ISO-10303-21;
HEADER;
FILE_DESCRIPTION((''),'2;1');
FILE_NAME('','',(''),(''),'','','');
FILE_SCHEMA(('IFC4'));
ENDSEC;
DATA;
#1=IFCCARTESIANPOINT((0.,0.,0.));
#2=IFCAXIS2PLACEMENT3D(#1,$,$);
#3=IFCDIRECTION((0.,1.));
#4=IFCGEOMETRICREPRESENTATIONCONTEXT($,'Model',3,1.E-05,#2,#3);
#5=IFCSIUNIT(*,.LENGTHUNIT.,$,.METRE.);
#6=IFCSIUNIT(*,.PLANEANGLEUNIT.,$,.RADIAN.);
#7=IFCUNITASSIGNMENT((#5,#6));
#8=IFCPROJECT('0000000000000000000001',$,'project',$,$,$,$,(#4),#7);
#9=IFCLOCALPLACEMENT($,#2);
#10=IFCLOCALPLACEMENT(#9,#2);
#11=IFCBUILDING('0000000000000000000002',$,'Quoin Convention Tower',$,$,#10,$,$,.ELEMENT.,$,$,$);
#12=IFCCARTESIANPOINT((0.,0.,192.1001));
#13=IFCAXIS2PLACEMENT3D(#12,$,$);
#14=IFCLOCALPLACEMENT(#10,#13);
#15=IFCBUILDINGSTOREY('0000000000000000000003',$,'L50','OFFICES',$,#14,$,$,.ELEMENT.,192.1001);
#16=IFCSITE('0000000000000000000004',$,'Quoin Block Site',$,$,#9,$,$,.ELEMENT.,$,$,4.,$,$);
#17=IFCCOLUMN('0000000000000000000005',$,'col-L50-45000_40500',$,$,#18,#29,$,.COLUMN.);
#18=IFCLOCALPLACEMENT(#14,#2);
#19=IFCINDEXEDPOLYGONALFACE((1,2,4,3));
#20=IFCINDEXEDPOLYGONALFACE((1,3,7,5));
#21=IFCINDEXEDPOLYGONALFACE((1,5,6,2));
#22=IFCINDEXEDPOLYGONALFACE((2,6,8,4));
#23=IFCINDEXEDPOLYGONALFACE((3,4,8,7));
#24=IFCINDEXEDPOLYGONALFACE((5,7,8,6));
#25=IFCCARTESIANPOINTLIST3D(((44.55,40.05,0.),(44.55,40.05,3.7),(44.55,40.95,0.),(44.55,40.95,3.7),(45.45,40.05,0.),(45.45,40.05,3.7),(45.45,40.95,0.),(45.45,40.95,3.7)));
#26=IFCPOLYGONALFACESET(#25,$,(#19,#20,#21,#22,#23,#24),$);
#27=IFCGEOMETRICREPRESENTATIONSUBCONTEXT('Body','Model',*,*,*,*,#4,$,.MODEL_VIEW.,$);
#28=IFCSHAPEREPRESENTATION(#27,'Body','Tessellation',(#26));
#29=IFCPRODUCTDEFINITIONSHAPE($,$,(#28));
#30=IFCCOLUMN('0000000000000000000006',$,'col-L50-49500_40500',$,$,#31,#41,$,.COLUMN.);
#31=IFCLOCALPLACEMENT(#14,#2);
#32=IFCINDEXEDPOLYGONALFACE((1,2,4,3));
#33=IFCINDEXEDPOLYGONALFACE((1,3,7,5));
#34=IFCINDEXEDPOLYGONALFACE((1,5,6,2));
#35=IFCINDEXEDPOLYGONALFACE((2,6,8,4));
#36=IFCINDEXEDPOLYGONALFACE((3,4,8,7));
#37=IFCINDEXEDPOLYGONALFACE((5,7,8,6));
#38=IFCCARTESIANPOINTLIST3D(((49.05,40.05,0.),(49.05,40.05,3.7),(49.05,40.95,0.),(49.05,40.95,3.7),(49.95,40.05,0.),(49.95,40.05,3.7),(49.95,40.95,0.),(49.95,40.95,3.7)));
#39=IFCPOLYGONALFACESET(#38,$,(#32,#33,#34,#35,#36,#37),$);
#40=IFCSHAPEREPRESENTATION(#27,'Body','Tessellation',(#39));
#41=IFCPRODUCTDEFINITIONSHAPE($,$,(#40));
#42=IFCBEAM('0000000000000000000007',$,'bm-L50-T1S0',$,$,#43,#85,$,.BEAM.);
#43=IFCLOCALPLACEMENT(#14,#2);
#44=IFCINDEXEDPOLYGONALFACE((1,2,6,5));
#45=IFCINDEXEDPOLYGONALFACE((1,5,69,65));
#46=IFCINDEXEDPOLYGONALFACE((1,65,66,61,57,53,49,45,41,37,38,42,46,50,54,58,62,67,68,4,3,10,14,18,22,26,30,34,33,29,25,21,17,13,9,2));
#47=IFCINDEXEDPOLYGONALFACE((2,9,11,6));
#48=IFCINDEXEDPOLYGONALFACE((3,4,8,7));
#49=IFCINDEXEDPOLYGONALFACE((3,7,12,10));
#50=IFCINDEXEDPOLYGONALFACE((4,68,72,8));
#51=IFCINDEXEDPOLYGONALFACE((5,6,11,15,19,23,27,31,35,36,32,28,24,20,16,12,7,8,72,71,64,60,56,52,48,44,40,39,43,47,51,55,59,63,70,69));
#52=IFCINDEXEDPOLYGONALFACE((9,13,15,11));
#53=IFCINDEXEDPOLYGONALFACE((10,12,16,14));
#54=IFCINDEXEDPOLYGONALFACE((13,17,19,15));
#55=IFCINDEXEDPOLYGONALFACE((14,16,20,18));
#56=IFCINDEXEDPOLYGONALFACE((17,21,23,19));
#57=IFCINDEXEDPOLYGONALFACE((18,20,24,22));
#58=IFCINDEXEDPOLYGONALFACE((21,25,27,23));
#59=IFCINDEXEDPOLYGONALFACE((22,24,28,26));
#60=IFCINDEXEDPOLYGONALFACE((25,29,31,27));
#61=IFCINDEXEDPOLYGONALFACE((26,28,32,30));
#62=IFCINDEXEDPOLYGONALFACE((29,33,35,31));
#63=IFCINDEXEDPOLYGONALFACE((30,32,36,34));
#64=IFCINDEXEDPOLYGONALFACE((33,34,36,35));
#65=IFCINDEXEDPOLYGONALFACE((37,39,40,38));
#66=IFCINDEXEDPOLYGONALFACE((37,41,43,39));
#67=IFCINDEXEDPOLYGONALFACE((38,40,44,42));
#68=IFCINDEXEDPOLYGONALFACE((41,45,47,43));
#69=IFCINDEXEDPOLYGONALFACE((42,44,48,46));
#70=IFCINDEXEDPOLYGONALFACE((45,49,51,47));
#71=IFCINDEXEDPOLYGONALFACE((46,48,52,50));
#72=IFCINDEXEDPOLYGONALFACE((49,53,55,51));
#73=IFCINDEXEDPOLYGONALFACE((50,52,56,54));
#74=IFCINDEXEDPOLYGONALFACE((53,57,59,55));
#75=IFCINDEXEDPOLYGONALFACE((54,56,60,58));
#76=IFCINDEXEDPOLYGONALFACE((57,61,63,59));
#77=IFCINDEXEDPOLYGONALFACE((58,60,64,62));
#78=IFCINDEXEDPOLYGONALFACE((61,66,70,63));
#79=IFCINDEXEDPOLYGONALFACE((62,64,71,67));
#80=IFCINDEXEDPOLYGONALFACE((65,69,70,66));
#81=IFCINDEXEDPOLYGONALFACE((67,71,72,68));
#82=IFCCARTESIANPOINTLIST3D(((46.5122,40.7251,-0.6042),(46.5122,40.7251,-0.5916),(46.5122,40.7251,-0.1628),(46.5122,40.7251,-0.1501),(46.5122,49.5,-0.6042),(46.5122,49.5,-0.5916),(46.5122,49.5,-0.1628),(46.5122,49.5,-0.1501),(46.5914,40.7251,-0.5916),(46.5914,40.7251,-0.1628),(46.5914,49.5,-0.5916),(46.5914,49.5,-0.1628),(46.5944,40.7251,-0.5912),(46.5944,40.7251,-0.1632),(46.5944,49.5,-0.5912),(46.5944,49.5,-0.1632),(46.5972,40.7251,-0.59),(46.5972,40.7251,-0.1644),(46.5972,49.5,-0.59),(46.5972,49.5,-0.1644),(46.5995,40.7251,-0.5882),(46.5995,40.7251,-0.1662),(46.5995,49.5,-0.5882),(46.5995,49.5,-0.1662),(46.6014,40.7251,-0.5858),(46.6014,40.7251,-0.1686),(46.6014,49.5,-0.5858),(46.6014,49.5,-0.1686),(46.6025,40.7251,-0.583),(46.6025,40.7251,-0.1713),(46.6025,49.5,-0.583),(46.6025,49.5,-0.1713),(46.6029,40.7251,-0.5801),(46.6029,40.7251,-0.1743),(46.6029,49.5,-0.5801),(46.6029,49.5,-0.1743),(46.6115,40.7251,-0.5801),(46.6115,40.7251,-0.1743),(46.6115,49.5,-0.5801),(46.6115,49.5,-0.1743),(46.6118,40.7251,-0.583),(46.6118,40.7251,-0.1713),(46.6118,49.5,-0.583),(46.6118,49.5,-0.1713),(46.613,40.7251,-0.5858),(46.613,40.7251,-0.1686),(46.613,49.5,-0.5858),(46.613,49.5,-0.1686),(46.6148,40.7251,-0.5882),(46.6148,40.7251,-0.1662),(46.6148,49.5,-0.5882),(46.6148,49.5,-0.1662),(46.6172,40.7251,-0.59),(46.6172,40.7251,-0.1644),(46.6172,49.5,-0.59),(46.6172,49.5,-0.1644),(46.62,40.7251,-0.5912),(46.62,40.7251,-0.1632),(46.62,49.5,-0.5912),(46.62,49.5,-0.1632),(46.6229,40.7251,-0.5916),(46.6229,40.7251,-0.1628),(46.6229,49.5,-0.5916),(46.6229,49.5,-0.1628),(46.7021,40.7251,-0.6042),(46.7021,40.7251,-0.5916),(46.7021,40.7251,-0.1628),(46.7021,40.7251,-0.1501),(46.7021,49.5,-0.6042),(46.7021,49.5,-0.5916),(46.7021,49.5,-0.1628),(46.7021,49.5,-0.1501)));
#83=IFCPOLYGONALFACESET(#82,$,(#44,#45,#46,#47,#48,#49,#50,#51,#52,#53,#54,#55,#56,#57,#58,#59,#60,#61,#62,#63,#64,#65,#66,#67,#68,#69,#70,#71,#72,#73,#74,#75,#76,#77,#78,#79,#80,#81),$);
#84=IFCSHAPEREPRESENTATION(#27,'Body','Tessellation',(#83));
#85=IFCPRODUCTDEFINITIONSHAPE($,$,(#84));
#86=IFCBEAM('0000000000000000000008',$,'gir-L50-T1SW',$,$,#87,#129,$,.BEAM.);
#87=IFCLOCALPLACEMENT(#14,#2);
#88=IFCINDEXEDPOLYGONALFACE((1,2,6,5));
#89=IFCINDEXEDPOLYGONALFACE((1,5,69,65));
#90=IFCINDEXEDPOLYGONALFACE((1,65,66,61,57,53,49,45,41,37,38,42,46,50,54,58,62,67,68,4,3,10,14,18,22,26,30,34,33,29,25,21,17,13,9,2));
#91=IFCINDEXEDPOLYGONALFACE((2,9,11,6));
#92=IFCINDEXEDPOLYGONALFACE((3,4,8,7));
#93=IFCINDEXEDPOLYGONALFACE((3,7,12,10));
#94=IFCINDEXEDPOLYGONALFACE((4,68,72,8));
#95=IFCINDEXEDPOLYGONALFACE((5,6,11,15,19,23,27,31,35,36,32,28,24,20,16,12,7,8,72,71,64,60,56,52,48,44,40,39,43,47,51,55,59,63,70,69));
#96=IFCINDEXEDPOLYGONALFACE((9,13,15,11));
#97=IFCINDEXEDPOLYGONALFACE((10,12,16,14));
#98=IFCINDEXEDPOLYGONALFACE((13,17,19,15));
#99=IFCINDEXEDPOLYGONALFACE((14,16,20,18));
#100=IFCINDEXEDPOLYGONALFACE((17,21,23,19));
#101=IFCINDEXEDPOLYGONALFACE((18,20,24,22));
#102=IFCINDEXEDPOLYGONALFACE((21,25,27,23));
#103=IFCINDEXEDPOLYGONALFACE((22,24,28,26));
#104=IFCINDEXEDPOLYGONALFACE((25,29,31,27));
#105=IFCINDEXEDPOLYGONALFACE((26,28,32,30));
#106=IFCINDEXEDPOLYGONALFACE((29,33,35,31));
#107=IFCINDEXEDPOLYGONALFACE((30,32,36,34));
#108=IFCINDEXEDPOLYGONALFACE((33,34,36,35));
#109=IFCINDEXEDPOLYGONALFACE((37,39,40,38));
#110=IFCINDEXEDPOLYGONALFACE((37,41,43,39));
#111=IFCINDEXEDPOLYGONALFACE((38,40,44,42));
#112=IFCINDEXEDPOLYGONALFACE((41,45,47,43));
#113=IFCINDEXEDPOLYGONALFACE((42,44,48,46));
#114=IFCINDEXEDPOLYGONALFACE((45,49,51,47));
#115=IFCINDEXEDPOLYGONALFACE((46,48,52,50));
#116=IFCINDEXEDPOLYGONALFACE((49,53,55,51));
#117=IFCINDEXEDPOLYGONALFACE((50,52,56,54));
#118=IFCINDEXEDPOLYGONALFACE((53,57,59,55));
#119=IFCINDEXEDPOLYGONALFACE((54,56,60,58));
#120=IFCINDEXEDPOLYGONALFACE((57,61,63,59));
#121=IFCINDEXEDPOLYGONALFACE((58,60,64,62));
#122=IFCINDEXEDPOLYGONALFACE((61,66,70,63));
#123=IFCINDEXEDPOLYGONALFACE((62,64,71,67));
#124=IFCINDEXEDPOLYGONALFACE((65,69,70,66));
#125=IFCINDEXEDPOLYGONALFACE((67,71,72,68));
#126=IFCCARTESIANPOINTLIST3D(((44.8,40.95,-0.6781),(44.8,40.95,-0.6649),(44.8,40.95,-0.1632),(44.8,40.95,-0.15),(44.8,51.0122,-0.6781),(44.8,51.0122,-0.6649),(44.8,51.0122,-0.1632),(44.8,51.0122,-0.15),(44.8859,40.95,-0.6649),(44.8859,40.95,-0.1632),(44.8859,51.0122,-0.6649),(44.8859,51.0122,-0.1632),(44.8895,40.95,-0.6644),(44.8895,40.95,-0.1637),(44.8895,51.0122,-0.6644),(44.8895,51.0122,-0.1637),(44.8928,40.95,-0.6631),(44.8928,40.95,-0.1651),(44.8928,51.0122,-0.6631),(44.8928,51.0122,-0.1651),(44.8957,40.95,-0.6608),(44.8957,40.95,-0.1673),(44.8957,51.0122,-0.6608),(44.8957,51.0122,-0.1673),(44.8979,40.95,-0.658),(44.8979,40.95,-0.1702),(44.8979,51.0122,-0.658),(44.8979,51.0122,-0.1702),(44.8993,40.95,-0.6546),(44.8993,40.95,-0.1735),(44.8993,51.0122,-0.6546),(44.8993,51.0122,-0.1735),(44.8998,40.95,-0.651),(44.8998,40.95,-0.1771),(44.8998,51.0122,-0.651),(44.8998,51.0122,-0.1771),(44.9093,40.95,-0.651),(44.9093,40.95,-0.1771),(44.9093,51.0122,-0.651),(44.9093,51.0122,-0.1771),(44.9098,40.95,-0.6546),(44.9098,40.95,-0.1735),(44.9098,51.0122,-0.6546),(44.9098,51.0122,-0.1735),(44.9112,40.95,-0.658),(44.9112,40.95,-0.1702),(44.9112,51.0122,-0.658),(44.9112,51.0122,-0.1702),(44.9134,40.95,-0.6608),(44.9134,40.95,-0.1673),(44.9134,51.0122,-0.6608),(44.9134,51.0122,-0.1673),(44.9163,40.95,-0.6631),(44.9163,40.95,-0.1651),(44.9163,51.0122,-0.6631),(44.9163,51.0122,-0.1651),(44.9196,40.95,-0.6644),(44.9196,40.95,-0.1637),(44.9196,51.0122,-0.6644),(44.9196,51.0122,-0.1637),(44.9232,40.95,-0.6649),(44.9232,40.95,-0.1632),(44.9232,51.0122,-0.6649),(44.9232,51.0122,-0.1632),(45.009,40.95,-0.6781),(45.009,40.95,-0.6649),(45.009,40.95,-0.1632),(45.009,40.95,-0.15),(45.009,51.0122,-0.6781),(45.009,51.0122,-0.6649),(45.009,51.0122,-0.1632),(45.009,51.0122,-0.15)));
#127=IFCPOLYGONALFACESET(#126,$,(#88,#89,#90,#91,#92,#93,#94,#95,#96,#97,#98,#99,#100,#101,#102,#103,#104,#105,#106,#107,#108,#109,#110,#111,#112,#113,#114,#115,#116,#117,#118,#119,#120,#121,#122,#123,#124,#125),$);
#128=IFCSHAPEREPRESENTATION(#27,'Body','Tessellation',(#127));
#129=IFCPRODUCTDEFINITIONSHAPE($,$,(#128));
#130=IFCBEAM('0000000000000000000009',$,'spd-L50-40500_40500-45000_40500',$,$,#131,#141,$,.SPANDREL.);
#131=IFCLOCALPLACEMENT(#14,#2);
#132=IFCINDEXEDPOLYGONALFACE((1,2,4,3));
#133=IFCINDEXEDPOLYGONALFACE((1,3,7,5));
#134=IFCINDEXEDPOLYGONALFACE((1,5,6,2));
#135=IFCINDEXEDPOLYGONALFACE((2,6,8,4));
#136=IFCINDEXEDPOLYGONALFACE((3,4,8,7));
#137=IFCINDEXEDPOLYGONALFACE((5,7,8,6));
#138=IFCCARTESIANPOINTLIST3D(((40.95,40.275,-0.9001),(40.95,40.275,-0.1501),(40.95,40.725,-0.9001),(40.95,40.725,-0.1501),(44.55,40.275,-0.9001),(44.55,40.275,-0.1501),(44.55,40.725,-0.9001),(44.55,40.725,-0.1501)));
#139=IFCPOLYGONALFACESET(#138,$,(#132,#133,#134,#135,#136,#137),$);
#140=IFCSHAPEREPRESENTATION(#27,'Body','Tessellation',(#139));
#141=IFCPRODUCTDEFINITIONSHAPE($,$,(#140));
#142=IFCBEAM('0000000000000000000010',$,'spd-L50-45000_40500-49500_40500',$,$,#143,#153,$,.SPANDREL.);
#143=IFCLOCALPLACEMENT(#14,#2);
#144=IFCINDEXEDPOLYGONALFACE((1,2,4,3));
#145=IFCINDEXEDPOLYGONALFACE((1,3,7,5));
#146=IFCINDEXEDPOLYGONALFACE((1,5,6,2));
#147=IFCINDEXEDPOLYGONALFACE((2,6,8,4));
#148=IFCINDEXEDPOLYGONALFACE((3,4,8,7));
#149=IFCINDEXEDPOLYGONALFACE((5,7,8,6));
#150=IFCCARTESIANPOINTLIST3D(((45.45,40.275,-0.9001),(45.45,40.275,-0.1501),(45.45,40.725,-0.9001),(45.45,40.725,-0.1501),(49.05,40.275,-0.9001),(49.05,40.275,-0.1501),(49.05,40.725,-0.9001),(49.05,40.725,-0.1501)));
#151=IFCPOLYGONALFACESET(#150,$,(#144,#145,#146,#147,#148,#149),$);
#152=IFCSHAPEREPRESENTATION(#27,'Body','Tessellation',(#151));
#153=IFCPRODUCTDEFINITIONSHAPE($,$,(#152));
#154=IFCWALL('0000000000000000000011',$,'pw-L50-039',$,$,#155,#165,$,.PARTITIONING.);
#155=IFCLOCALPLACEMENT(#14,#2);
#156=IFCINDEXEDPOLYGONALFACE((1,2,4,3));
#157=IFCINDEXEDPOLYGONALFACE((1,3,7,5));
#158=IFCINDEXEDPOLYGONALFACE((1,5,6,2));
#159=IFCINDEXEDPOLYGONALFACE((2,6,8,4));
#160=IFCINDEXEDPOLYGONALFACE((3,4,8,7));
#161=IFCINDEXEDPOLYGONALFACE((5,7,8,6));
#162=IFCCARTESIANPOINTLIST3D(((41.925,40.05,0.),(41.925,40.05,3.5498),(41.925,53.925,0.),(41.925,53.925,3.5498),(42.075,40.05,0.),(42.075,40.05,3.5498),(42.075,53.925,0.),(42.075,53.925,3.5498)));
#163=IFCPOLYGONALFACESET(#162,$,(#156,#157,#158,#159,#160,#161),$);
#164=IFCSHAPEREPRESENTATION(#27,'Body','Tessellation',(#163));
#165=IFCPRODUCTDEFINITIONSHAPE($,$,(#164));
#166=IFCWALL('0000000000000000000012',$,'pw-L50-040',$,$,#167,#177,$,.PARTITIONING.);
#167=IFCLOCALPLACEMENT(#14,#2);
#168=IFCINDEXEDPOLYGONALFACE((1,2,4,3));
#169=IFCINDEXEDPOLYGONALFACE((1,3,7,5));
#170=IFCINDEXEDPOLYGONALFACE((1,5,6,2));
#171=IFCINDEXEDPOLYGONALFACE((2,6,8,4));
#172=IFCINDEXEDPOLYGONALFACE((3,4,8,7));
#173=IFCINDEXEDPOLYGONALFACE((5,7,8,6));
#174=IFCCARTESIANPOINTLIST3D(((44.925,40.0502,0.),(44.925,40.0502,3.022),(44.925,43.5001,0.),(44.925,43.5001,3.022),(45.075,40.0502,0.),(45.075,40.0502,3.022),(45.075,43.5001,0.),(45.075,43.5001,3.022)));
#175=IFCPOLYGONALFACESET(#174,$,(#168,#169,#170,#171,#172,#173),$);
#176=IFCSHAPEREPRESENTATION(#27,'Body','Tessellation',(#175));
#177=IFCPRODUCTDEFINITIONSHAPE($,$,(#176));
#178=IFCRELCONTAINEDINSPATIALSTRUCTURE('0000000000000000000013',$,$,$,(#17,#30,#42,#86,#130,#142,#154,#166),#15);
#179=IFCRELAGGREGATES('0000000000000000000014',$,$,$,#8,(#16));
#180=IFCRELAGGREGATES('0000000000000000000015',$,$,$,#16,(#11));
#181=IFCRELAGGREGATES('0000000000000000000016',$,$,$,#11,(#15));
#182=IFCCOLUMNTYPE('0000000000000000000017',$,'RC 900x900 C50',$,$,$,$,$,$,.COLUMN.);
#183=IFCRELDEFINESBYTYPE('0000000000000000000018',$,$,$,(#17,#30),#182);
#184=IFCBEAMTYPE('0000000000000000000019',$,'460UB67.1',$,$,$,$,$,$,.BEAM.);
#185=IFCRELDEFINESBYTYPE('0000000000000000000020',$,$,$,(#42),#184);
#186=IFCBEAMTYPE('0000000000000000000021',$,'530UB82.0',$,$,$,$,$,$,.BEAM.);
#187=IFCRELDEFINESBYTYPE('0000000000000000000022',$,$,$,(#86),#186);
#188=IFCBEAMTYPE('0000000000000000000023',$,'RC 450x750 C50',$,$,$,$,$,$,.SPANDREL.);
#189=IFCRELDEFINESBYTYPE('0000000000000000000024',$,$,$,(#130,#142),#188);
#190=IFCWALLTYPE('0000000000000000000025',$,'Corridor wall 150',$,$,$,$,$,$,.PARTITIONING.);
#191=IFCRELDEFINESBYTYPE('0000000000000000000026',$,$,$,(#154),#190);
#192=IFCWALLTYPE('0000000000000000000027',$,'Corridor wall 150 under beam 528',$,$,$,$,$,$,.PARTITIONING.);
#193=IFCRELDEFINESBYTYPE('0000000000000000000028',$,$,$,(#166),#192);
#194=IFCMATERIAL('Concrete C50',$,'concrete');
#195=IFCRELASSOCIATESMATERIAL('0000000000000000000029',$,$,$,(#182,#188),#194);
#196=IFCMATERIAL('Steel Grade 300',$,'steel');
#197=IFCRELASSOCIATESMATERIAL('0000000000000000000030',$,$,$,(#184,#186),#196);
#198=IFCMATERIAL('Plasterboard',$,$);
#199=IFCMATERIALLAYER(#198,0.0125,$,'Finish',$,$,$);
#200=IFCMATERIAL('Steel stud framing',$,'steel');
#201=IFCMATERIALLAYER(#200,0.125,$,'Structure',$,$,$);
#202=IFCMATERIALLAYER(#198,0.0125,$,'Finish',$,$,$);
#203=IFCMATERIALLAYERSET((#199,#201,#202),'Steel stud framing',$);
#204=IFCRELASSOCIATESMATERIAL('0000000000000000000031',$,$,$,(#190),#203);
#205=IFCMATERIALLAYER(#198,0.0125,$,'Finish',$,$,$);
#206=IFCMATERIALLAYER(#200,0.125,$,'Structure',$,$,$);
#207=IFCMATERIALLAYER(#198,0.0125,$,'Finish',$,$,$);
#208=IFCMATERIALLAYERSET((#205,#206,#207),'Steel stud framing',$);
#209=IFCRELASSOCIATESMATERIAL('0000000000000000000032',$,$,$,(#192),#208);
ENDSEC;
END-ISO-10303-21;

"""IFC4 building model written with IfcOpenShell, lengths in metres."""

from ifc_helpers import new_model, si_unit, direction, frame, frame_2d, origin, origin_2d, place, context, subcontext, project, spatial, rectangle, i_section, extrude, material, layer, layer_set, material_profile, profile_set, type_object, element, save


model = new_model("IFC4")

# Units and contexts
model_context = context("Model", 3, precision=1e-05, world=origin(), true_north=direction((0.0, 1.0)))
body_context = subcontext(model_context, "Body", "Model", "MODEL_VIEW")
ifc_project = project(units=[si_unit("LENGTHUNIT", "METRE"), si_unit("PLANEANGLEUNIT", "RADIAN")], contexts=[model_context])

# Site, building, storey
site_placement = place(None, origin())
site = spatial("IfcSite", under=ifc_project, at=site_placement, Name="Quoin Block Site", CompositionType="ELEMENT", RefElevation=4.0)
building_placement = place(site_placement, origin())
building = spatial("IfcBuilding", under=site, at=building_placement, Name="Quoin Convention Tower", CompositionType="ELEMENT")
storey_placement = place(building_placement, frame((0.0, 0.0, 192.1001)))
storey = spatial("IfcBuildingStorey", under=building, at=storey_placement, Name="L50", Description="OFFICES", CompositionType="ELEMENT", Elevation=192.1001)

# Columns
ifc_material_1 = material(Name="Concrete C50", Category="concrete")
ifc_material_profile_1 = material_profile(ifc_material_1, rectangle(XDim=0.8999, YDim=0.8999, at=origin_2d()), Name="RC 900x900")
ifc_profile_set_1 = profile_set([ifc_material_profile_1], Name="Concrete C50")
column_type = type_object("IfcColumnType", Name="RC 900x900 C50", PredefinedType="COLUMN", material=ifc_profile_set_1)
for number, where, z_axis, x_axis, name in (
    (1, (45.0, 40.5, 0.0), (0.0, 0.0, 1.0), (1.0, 0.0, 0.0), "col-L50-45000_40500"),
    (2, (49.5, 40.5, 0.0), (0.0, 0.0, 1.0), (1.0, 0.0, 0.0), "col-L50-49500_40500"),
):
    element("IfcColumn", number, at=place(storey_placement, frame(where, z_axis=z_axis, x_axis=x_axis)), inside=storey, type_object=column_type, Name=name, PredefinedType="COLUMN", context=body_context, shape_type="SweptSolid", body=[
        extrude(rectangle(XDim=0.8999, YDim=0.8999, at=origin_2d()), origin(), (0.0, 0.0, 1.0), 3.7),
    ])

# Beams
ifc_material_2 = material(Name="Steel Grade 300", Category="steel")
ifc_material_profile_2 = material_profile(ifc_material_2, i_section(OverallWidth=0.1899, OverallDepth=0.4541, WebThickness=0.0085, FlangeThickness=0.0127, FilletRadius=0.0115, at=origin_2d()), Name="460UB67.1")
ifc_profile_set_2 = profile_set([ifc_material_profile_2], Name="Steel Grade 300")
beam_type_1 = type_object("IfcBeamType", Name="460UB67.1", PredefinedType="BEAM", material=ifc_profile_set_2)
beam_1_placement = place(storey_placement, frame((46.6072, 40.7251, -0.3772), z_axis=(0.0, 1.0, 0.0), x_axis=(-1.0, 0.0, 0.0)))
element("IfcBeam", 3, at=beam_1_placement, inside=storey, type_object=beam_type_1, Name="bm-L50-T1S0", PredefinedType="BEAM", context=body_context, shape_type="SweptSolid", body=[
    extrude(i_section(OverallWidth=0.1899, OverallDepth=0.4541, WebThickness=0.0085, FlangeThickness=0.0127, FilletRadius=0.0115, at=origin_2d()), origin(), (0.0, 0.0, 1.0), 8.7749),
])
ifc_material_profile_3 = material_profile(ifc_material_2, i_section(OverallWidth=0.209, OverallDepth=0.5281, WebThickness=0.0095, FlangeThickness=0.0132, FilletRadius=0.0139, at=origin_2d()), Name="530UB82.0")
ifc_profile_set_3 = profile_set([ifc_material_profile_3], Name="Steel Grade 300")
beam_type_2 = type_object("IfcBeamType", Name="530UB82.0", PredefinedType="BEAM", material=ifc_profile_set_3)
beam_2_placement = place(storey_placement, frame((44.9045, 40.95, -0.4141), z_axis=(0.0, 1.0, 0.0), x_axis=(-1.0, 0.0, 0.0)))
element("IfcBeam", 4, at=beam_2_placement, inside=storey, type_object=beam_type_2, Name="gir-L50-T1SW", PredefinedType="BEAM", context=body_context, shape_type="SweptSolid", body=[
    extrude(i_section(OverallWidth=0.209, OverallDepth=0.5281, WebThickness=0.0095, FlangeThickness=0.0132, FilletRadius=0.0139, at=origin_2d()), origin(), (0.0, 0.0, 1.0), 10.0623),
])
ifc_material_profile_4 = material_profile(ifc_material_1, rectangle(XDim=0.45, YDim=0.75, at=origin_2d()), Name="RC 450x750")
ifc_profile_set_4 = profile_set([ifc_material_profile_4], Name="Concrete C50")
beam_type_3 = type_object("IfcBeamType", Name="RC 450x750 C50", PredefinedType="SPANDREL", material=ifc_profile_set_4)
for number, where, z_axis, x_axis, name in (
    (5, (40.95, 40.5, -0.5251), (1.0, 0.0, 0.0), (0.0, 1.0, 0.0), "spd-L50-40500_40500-45000_40500"),
    (6, (45.45, 40.5, -0.5251), (1.0, 0.0, 0.0), (0.0, 1.0, 0.0), "spd-L50-45000_40500-49500_40500"),
):
    element("IfcBeam", number, at=place(storey_placement, frame(where, z_axis=z_axis, x_axis=x_axis)), inside=storey, type_object=beam_type_3, Name=name, PredefinedType="SPANDREL", context=body_context, shape_type="SweptSolid", body=[
        extrude(rectangle(XDim=0.45, YDim=0.75, at=origin_2d()), origin(), (0.0, 0.0, 1.0), 3.6001),
    ])

# Walls
ifc_material_3 = material(Name="Plasterboard")
ifc_layer_1 = layer(ifc_material_3, 0.0125, Name="Finish")
ifc_material_4 = material(Name="Steel stud framing", Category="steel")
ifc_layer_2 = layer(ifc_material_4, 0.125, Name="Structure")
ifc_layer_3 = layer(ifc_material_3, 0.0125, Name="Finish")
ifc_layer_set_1 = layer_set([ifc_layer_1, ifc_layer_2, ifc_layer_3], Name="Steel stud framing")
wall_type_1 = type_object("IfcWallType", Name="Corridor wall 150", PredefinedType="PARTITIONING", material=ifc_layer_set_1)
wall_1_placement = place(storey_placement, frame((42.0, 40.05, 0.0), z_axis=(0.0, 0.0, 1.0), x_axis=(0.0, 1.0, 0.0)))
element("IfcWall", 7, at=wall_1_placement, inside=storey, type_object=wall_type_1, Name="pw-L50-039", PredefinedType="PARTITIONING", context=body_context, shape_type="SweptSolid", body=[
    extrude(rectangle(XDim=13.875, YDim=0.1499, at=frame_2d((6.9375, 0.0))), origin(), (0.0, 0.0, 1.0), 3.5498),
])
ifc_layer_4 = layer(ifc_material_3, 0.0125, Name="Finish")
ifc_layer_5 = layer(ifc_material_4, 0.125, Name="Structure")
ifc_layer_6 = layer(ifc_material_3, 0.0125, Name="Finish")
ifc_layer_set_2 = layer_set([ifc_layer_4, ifc_layer_5, ifc_layer_6], Name="Steel stud framing")
wall_type_2 = type_object("IfcWallType", Name="Corridor wall 150 under beam 528", PredefinedType="PARTITIONING", material=ifc_layer_set_2)
wall_2_placement = place(storey_placement, frame((45.0, 40.05, 0.0), z_axis=(0.0, 0.0, 1.0), x_axis=(0.0, 1.0, 0.0)))
element("IfcWall", 8, at=wall_2_placement, inside=storey, type_object=wall_type_2, Name="pw-L50-040", PredefinedType="PARTITIONING", context=body_context, shape_type="SweptSolid", body=[
    extrude(rectangle(XDim=3.45, YDim=0.1499, at=frame_2d((1.7251, 0.0))), origin(), (0.0, 0.0, 1.0), 3.022),
])

save(model, "model.ifc")
